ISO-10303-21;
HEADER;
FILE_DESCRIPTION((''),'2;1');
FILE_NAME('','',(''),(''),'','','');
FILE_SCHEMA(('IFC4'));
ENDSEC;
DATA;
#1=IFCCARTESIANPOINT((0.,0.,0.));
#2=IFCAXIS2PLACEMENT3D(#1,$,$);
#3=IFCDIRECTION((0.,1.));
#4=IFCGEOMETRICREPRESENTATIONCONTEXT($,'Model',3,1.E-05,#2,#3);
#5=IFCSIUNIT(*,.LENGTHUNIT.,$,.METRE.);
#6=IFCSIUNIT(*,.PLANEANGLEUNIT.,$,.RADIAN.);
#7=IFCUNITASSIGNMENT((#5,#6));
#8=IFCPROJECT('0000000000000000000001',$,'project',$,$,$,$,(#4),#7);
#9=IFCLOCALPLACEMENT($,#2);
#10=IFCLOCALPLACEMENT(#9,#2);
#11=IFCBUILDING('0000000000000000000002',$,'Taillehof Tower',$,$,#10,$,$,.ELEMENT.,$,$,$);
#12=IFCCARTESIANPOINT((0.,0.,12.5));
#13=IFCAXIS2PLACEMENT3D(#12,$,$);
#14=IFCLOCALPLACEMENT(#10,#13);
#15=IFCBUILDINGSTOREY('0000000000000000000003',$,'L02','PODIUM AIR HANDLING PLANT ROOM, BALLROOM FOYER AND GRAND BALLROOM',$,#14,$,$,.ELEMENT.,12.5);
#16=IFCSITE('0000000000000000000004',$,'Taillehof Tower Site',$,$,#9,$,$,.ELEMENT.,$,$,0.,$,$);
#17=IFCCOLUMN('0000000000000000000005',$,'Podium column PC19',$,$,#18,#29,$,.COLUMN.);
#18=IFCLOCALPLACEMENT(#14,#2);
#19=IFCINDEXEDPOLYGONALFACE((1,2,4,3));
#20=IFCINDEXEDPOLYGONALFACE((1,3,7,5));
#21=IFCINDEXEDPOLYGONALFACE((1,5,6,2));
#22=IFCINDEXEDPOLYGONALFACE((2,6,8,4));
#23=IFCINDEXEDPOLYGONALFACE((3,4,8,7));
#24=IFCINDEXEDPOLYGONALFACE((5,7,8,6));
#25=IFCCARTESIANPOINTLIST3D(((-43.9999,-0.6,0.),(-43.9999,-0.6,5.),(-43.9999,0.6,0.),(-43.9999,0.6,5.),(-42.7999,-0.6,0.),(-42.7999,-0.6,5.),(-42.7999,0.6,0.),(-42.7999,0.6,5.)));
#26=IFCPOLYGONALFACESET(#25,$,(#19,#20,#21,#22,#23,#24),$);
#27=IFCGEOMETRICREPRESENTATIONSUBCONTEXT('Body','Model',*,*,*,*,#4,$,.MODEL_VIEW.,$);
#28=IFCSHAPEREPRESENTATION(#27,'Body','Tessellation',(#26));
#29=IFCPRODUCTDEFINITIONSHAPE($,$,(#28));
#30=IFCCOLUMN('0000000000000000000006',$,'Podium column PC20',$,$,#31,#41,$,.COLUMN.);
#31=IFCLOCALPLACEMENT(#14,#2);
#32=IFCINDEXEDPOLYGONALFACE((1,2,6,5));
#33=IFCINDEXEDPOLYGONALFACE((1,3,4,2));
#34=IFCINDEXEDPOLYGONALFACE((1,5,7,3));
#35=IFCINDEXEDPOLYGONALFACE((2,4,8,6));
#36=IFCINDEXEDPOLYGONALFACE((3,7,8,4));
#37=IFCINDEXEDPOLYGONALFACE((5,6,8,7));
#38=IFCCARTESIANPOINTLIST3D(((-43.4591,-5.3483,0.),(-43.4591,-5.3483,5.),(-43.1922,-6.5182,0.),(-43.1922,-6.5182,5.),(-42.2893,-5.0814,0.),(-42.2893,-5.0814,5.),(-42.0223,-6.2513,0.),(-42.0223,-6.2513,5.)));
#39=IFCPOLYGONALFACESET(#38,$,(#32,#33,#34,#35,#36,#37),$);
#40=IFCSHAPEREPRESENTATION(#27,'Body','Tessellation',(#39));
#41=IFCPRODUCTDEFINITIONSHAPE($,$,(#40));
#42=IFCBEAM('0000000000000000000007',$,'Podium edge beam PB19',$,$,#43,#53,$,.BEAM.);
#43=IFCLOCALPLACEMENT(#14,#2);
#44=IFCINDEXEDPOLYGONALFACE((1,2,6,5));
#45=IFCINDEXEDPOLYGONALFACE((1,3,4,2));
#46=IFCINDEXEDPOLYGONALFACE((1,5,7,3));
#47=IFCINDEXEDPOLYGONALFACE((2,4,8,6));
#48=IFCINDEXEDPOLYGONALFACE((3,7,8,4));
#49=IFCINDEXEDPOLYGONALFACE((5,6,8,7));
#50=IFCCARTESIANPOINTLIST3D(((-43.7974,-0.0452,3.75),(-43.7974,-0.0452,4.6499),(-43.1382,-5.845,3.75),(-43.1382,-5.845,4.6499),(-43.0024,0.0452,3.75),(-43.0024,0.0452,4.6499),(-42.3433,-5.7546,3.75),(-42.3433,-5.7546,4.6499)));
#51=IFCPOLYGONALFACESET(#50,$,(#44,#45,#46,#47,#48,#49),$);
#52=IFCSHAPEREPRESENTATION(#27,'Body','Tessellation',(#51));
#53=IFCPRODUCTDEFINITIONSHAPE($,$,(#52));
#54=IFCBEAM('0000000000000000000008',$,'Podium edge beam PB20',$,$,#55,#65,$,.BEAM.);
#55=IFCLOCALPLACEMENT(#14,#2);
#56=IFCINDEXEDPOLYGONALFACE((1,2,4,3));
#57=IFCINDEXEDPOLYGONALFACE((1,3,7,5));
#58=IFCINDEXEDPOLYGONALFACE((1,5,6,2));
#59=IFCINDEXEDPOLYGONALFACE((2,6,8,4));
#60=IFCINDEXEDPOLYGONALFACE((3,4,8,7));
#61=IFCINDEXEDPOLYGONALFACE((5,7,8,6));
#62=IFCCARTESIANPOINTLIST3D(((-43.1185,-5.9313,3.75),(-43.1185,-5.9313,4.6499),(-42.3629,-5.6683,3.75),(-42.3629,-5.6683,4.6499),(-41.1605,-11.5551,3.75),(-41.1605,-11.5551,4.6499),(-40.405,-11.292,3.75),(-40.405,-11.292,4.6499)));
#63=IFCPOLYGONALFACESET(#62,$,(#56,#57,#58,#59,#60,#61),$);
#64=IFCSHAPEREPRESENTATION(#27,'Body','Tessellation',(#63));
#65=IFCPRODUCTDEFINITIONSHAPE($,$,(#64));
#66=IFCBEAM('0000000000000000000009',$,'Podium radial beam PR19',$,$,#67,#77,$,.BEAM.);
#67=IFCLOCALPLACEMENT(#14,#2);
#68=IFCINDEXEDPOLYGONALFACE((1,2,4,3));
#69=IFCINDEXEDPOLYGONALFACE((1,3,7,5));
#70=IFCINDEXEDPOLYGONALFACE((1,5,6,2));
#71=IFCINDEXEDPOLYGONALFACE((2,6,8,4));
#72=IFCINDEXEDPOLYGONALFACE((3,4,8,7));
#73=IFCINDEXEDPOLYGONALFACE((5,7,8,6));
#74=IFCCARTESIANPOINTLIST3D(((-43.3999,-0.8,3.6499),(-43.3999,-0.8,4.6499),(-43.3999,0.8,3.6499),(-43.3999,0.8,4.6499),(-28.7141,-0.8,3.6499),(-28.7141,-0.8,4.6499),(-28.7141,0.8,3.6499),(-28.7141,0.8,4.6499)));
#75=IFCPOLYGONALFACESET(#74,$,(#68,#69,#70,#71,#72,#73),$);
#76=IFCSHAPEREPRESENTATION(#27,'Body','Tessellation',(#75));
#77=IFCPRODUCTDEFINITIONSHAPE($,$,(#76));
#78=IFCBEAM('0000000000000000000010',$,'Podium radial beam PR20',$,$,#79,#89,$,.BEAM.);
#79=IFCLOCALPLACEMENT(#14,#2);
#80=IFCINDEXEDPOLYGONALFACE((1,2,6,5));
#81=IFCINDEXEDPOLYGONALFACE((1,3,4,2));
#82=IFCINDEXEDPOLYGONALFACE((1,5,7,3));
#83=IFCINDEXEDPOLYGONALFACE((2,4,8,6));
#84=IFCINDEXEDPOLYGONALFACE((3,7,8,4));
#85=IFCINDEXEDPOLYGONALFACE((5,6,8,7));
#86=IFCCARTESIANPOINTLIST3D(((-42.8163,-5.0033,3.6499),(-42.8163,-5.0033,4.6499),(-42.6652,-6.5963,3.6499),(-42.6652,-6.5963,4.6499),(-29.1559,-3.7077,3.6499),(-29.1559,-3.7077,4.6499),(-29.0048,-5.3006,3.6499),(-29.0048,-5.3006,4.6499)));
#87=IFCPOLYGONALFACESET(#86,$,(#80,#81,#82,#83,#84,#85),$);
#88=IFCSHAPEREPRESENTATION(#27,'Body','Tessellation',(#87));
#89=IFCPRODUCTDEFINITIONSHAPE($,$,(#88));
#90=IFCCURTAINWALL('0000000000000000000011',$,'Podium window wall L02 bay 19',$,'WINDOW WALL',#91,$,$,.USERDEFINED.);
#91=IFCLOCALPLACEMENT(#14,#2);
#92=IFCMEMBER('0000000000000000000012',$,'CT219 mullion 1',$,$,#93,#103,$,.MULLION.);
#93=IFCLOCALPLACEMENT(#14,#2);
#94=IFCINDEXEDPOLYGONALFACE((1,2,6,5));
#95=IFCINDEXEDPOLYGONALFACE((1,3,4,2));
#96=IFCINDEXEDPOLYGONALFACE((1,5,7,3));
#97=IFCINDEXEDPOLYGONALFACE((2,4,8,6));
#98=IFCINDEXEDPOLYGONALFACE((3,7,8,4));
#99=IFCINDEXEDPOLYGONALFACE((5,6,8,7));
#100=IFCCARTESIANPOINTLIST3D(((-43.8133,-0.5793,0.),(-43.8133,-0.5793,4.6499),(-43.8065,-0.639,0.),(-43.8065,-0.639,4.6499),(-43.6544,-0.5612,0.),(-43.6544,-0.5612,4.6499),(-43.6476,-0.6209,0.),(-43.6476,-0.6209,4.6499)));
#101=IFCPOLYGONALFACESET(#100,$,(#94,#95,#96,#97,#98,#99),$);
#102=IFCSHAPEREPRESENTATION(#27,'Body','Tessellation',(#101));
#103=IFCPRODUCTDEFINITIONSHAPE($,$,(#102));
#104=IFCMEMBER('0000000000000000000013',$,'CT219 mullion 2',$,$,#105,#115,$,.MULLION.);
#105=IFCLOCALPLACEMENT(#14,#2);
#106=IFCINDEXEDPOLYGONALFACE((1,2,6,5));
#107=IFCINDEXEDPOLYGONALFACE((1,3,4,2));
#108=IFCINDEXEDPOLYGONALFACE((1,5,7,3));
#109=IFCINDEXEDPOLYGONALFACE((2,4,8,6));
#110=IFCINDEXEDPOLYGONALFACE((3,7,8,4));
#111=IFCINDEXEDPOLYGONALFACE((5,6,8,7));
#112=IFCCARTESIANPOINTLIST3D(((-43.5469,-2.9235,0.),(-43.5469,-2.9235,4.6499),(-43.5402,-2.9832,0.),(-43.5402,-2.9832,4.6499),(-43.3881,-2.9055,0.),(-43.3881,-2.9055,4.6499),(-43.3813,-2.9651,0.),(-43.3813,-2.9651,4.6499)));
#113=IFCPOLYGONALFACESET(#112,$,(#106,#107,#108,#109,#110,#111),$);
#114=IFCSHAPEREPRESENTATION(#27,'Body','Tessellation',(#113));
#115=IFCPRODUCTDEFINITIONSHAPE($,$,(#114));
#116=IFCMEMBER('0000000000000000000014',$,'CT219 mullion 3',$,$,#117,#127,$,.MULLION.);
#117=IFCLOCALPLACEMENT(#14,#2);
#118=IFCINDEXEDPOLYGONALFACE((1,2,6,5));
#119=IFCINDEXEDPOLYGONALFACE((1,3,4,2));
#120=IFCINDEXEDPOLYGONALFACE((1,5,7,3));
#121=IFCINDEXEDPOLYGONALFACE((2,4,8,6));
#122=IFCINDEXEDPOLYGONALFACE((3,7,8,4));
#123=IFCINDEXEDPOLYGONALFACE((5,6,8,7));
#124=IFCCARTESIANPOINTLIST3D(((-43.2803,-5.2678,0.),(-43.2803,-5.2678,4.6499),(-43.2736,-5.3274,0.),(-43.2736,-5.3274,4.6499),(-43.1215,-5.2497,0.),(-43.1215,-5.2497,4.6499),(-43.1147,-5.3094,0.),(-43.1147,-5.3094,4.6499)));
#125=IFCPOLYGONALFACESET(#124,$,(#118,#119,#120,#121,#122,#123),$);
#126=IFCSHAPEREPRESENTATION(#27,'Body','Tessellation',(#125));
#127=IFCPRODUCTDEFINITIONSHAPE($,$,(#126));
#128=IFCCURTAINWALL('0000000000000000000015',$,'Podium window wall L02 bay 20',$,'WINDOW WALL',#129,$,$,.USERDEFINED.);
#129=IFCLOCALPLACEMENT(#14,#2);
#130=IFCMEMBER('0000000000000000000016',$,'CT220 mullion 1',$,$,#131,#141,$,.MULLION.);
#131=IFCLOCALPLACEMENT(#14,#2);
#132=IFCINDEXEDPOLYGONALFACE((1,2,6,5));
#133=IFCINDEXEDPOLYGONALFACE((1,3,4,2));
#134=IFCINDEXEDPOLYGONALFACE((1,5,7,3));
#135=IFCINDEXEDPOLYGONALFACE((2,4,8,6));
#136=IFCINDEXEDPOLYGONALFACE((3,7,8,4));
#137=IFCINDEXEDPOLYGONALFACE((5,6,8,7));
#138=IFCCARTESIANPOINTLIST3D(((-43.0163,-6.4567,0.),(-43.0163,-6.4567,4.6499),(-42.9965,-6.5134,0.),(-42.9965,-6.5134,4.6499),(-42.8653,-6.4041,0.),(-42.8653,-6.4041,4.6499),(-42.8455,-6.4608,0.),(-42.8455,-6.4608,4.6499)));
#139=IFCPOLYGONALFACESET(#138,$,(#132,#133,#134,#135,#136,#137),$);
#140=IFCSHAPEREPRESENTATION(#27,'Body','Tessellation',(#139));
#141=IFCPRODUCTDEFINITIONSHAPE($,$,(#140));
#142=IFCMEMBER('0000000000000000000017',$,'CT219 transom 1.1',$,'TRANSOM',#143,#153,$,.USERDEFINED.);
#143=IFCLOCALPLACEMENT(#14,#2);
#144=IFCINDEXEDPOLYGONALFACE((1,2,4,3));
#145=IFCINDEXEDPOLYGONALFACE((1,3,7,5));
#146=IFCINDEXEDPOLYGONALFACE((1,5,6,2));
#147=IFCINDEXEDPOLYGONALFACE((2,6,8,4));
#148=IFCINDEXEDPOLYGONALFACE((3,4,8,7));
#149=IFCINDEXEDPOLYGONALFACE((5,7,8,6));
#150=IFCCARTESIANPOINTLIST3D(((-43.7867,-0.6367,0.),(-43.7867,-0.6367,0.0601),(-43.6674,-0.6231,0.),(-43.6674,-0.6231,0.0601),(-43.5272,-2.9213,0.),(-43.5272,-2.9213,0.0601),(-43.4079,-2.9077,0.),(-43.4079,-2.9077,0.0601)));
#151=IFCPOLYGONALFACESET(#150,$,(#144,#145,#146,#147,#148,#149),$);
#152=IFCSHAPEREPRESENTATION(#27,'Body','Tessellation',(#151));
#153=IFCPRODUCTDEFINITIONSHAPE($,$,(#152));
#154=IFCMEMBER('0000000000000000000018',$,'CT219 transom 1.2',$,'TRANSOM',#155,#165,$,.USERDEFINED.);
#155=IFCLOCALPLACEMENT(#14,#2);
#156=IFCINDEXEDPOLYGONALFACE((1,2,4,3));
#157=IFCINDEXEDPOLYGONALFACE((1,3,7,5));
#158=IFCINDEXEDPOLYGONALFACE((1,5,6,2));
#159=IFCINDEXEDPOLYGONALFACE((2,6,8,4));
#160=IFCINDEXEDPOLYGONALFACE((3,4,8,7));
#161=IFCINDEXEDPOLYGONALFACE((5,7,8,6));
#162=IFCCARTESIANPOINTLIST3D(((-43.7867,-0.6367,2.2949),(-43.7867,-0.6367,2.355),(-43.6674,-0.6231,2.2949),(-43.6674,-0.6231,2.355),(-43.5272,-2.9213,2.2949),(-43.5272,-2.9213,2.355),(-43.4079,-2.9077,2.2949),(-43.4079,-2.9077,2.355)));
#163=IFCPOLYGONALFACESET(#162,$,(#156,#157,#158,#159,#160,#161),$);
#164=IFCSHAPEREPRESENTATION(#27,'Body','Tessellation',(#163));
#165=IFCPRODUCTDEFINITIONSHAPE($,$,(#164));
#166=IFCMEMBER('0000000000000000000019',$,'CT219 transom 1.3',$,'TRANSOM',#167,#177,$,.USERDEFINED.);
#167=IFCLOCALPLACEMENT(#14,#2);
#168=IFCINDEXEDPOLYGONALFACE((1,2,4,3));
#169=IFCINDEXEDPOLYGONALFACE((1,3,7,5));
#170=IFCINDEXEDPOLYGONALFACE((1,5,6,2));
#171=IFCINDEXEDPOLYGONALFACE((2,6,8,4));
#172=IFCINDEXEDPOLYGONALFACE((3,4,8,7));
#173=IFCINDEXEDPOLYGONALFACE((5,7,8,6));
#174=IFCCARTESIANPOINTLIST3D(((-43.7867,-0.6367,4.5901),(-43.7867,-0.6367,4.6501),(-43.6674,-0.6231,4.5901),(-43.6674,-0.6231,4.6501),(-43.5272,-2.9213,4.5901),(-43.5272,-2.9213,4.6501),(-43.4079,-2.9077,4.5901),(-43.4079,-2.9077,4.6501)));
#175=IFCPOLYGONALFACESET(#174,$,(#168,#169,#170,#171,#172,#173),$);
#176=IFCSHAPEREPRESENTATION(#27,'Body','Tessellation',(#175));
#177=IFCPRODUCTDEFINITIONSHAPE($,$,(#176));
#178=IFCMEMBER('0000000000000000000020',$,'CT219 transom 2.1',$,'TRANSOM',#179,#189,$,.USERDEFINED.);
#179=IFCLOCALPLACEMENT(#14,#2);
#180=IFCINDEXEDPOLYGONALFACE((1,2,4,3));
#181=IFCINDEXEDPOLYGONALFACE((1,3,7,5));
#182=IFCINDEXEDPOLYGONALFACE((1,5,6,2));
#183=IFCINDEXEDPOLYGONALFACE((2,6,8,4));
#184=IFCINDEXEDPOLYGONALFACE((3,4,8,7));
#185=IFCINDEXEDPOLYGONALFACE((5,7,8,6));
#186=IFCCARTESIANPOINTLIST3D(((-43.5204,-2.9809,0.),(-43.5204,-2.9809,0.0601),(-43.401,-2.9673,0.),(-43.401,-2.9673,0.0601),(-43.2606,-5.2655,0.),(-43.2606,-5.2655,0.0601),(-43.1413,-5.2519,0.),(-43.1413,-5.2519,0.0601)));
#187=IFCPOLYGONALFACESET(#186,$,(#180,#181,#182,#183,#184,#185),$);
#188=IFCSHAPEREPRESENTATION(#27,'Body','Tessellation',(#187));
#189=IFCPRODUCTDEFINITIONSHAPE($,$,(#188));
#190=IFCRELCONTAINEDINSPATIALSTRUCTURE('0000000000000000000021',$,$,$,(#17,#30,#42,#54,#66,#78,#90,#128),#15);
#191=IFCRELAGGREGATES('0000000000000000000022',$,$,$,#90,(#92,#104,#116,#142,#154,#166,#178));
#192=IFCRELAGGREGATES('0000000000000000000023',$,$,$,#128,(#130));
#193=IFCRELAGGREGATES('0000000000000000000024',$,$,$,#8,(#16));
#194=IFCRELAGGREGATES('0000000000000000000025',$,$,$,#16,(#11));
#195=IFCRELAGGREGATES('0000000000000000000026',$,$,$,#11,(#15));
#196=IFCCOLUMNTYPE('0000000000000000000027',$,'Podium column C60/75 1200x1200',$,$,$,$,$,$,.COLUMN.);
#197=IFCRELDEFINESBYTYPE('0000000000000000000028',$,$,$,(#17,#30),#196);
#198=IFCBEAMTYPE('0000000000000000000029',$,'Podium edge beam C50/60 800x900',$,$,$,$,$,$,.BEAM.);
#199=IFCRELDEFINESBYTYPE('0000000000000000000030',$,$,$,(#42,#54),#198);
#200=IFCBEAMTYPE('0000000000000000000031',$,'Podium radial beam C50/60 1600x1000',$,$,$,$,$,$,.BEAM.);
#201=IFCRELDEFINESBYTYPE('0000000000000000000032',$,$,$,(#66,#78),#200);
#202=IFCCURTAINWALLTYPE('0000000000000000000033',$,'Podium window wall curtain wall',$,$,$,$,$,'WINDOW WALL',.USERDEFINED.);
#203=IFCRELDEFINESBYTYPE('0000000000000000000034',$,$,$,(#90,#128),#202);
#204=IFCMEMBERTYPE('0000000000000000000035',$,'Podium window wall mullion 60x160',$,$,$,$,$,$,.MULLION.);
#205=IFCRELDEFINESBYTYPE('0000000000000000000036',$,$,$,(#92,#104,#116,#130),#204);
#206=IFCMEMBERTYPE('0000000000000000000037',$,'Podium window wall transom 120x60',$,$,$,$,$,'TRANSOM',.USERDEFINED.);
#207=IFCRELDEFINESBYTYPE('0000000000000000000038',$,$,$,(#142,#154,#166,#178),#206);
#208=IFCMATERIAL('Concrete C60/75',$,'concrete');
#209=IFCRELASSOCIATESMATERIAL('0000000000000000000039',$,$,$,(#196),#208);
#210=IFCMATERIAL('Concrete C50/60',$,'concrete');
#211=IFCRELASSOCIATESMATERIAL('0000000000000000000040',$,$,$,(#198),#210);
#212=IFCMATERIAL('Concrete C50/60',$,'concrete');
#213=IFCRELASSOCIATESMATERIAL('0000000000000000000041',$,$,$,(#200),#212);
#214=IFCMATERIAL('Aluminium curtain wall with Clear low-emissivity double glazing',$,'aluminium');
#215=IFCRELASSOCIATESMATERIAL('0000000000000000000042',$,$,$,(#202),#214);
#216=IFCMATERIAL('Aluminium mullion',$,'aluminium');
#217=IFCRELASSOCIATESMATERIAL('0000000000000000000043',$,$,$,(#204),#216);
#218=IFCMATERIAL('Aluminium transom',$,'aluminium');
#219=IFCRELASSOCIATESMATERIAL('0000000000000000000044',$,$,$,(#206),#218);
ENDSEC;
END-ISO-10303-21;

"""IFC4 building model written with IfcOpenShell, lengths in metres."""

from ifc_helpers import new_model, si_unit, direction, frame, origin, origin_2d, place, context, subcontext, project, spatial, rectangle, extrude, material, material_profile, profile_set, type_object, element, aggregate, save


model = new_model("IFC4")

# Units and contexts
model_context = context("Model", 3, precision=1e-05, world=origin(), true_north=direction((0.0, 1.0)))
body_context = subcontext(model_context, "Body", "Model", "MODEL_VIEW")
ifc_project = project(units=[si_unit("LENGTHUNIT", "METRE"), si_unit("PLANEANGLEUNIT", "RADIAN")], contexts=[model_context])

# Site, building, storey
site_placement = place(None, origin())
site = spatial("IfcSite", under=ifc_project, at=site_placement, Name="Taillehof Tower Site", CompositionType="ELEMENT", RefElevation=0.0)
building_placement = place(site_placement, origin())
building = spatial("IfcBuilding", under=site, at=building_placement, Name="Taillehof Tower", CompositionType="ELEMENT")
storey_placement = place(building_placement, frame((0.0, 0.0, 12.5)))
storey = spatial("IfcBuildingStorey", under=building, at=storey_placement, Name="L02", Description="PODIUM AIR HANDLING PLANT ROOM, BALLROOM FOYER AND GRAND BALLROOM", CompositionType="ELEMENT", Elevation=12.5)

# Columns
ifc_material_1 = material(Name="Concrete C60/75", Category="concrete")
ifc_material_profile_1 = material_profile(ifc_material_1, rectangle(XDim=1.2, YDim=1.2, at=origin_2d()), Name="RC 1200x1200")
ifc_profile_set_1 = profile_set([ifc_material_profile_1], Name="Concrete C60/75")
column_type = type_object("IfcColumnType", Name="Podium column C60/75 1200x1200", PredefinedType="COLUMN", material=ifc_profile_set_1)
for number, where, z_axis, x_axis, name in (
    (1, (-43.3999, 0.0, 0.0), (0.0, 0.0, 1.0), (-1.0, 0.0, 0.0), "Podium column PC19"),
    (2, (-42.7407, -5.7998, 0.0), (0.0, 0.0, 1.0), (-0.97494, -0.222469, 0.0), "Podium column PC20"),
):
    element("IfcColumn", number, at=place(storey_placement, frame(where, z_axis=z_axis, x_axis=x_axis)), inside=storey, type_object=column_type, Name=name, PredefinedType="COLUMN", context=body_context, shape_type="SweptSolid", body=[
        extrude(rectangle(XDim=1.2, YDim=1.2, at=origin_2d()), origin(), (0.0, 0.0, 1.0), 5.0),
    ])

# Beams
ifc_material_2 = material(Name="Concrete C50/60", Category="concrete")
ifc_material_profile_2 = material_profile(ifc_material_2, rectangle(XDim=0.8, YDim=0.8999, at=origin_2d()), Name="RC 800x900")
ifc_profile_set_2 = profile_set([ifc_material_profile_2], Name="Concrete C50/60")
beam_type_1 = type_object("IfcBeamType", Name="Podium edge beam C50/60 800x900", PredefinedType="BEAM", material=ifc_profile_set_2)
beam_1_placement = place(storey_placement, frame((-43.3999, 0.0, 4.2), z_axis=(0.112928, -0.993603, 0.0), x_axis=(0.993603, 0.112928, 0.0)))
element("IfcBeam", 3, at=beam_1_placement, inside=storey, type_object=beam_type_1, Name="Podium edge beam PB19", PredefinedType="BEAM", context=body_context, shape_type="SweptSolid", body=[
    extrude(rectangle(XDim=0.8, YDim=0.8999, at=origin_2d()), origin(), (0.0, 0.0, 1.0), 5.8372),
])
beam_2_placement = place(storey_placement, frame((-42.7407, -5.7998, 4.2), z_axis=(0.328807, -0.944397, 0.0), x_axis=(0.944397, 0.328807, 0.0)))
element("IfcBeam", 4, at=beam_2_placement, inside=storey, type_object=beam_type_1, Name="Podium edge beam PB20", PredefinedType="BEAM", context=body_context, shape_type="SweptSolid", body=[
    extrude(rectangle(XDim=0.8, YDim=0.8999, at=origin_2d()), origin(), (0.0, 0.0, 1.0), 5.9548),
])
ifc_material_3 = material(Name="Concrete C50/60", Category="concrete")
ifc_material_profile_3 = material_profile(ifc_material_3, rectangle(XDim=1.6001, YDim=1.0, at=origin_2d()), Name="RC 1600x1000")
ifc_profile_set_3 = profile_set([ifc_material_profile_3], Name="Concrete C50/60")
beam_type_2 = type_object("IfcBeamType", Name="Podium radial beam C50/60 1600x1000", PredefinedType="BEAM", material=ifc_profile_set_3)
beam_3_placement = place(storey_placement, frame((-43.3999, 0.0, 4.1499), z_axis=(1.0, 0.0, 0.0), x_axis=(0.0, 1.0, 0.0)))
element("IfcBeam", 5, at=beam_3_placement, inside=storey, type_object=beam_type_2, Name="Podium radial beam PR19", PredefinedType="BEAM", context=body_context, shape_type="SweptSolid", body=[
    extrude(rectangle(XDim=1.6001, YDim=1.0, at=origin_2d()), origin(), (0.0, 0.0, 1.0), 14.6858),
])
beam_4_placement = place(storey_placement, frame((-42.7407, -5.7998, 4.1499), z_axis=(0.995532, 0.094424, 0.0), x_axis=(-0.094424, 0.995532, 0.0)))
element("IfcBeam", 6, at=beam_4_placement, inside=storey, type_object=beam_type_2, Name="Podium radial beam PR20", PredefinedType="BEAM", context=body_context, shape_type="SweptSolid", body=[
    extrude(rectangle(XDim=1.6001, YDim=1.0, at=origin_2d()), origin(), (0.0, 0.0, 1.0), 13.7217),
])

# Curtain wall, members
ifc_material_4 = material(Name="Aluminium curtain wall with Clear low-emissivity double glazing", Category="aluminium")
curtain_wall_type = type_object("IfcCurtainWallType", Name="Podium window wall curtain wall", ElementType="WINDOW WALL", PredefinedType="USERDEFINED", material=ifc_material_4)
curtain_wall_1_placement = place(storey_placement, origin())
curtain_wall_1 = element("IfcCurtainWall", 7, at=curtain_wall_1_placement, inside=storey, type_object=curtain_wall_type, Name="Podium window wall L02 bay 19", ObjectType="WINDOW WALL", PredefinedType="USERDEFINED")
ifc_material_5 = material(Name="Aluminium mullion", Category="aluminium")
ifc_material_profile_4 = material_profile(ifc_material_5, rectangle(XDim=0.1599, YDim=0.0601, at=origin_2d()), Name="AL 60x160")
ifc_profile_set_4 = profile_set([ifc_material_profile_4], Name="Aluminium mullion")
member_type_1 = type_object("IfcMemberType", Name="Podium window wall mullion 60x160", PredefinedType="MULLION", material=ifc_profile_set_4)
member_1_placement = place(storey_placement, frame((-43.7305, -0.6001, 0.0), z_axis=(0.0, 0.0, 1.0), x_axis=(0.993603, 0.112932, 0.0)))
member_1 = element("IfcMember", 8, at=member_1_placement, type_object=member_type_1, Name="CT219 mullion 1", PredefinedType="MULLION", context=body_context, shape_type="SweptSolid", body=[
    extrude(rectangle(XDim=0.1599, YDim=0.0601, at=origin_2d()), origin(), (0.0, 0.0, 1.0), 4.6499),
])
member_2_placement = place(storey_placement, frame((-43.4641, -2.9443, 0.0), z_axis=(0.0, 0.0, 1.0), x_axis=(0.993603, 0.112932, 0.0)))
member_2 = element("IfcMember", 9, at=member_2_placement, type_object=member_type_1, Name="CT219 mullion 2", PredefinedType="MULLION", context=body_context, shape_type="SweptSolid", body=[
    extrude(rectangle(XDim=0.1599, YDim=0.0601, at=origin_2d()), origin(), (0.0, 0.0, 1.0), 4.6499),
])
member_3_placement = place(storey_placement, frame((-43.1975, -5.2886, 0.0), z_axis=(0.0, 0.0, 1.0), x_axis=(0.993603, 0.112932, 0.0)))
member_3 = element("IfcMember", 10, at=member_3_placement, type_object=member_type_1, Name="CT219 mullion 3", PredefinedType="MULLION", context=body_context, shape_type="SweptSolid", body=[
    extrude(rectangle(XDim=0.1599, YDim=0.0601, at=origin_2d()), origin(), (0.0, 0.0, 1.0), 4.6499),
])

# Curtain wall, member
curtain_wall_2_placement = place(storey_placement, origin())
curtain_wall_2 = element("IfcCurtainWall", 11, at=curtain_wall_2_placement, inside=storey, type_object=curtain_wall_type, Name="Podium window wall L02 bay 20", ObjectType="WINDOW WALL", PredefinedType="USERDEFINED")
member_4_placement = place(storey_placement, frame((-42.9309, -6.4587, 0.0), z_axis=(0.0, 0.0, 1.0), x_axis=(0.944414, 0.328758, 0.0)))
member_4 = element("IfcMember", 12, at=member_4_placement, type_object=member_type_1, Name="CT220 mullion 1", PredefinedType="MULLION", context=body_context, shape_type="SweptSolid", body=[
    extrude(rectangle(XDim=0.1599, YDim=0.0601, at=origin_2d()), origin(), (0.0, 0.0, 1.0), 4.6499),
])

# Members
ifc_material_6 = material(Name="Aluminium transom", Category="aluminium")
ifc_material_profile_5 = material_profile(ifc_material_6, rectangle(XDim=0.1201, YDim=0.0601, at=origin_2d()), Name="AL 120x60")
ifc_profile_set_5 = profile_set([ifc_material_profile_5], Name="Aluminium transom")
member_type_2 = type_object("IfcMemberType", Name="Podium window wall transom 120x60", ElementType="TRANSOM", PredefinedType="USERDEFINED", material=ifc_profile_set_5)
member_5_placement = place(storey_placement, frame((-43.7271, -0.6299, 0.03), z_axis=(0.112867, -0.99361, 0.0), x_axis=(0.99361, 0.112867, 0.0)))
member_5 = element("IfcMember", 13, at=member_5_placement, type_object=member_type_2, Name="CT219 transom 1.1", ObjectType="TRANSOM", PredefinedType="USERDEFINED", context=body_context, shape_type="SweptSolid", body=[
    extrude(rectangle(XDim=0.1201, YDim=0.0601, at=origin_2d()), origin(), (0.0, 0.0, 1.0), 2.2993),
])
member_6_placement = place(storey_placement, frame((-43.7271, -0.6299, 2.325), z_axis=(0.112867, -0.99361, 0.0), x_axis=(0.99361, 0.112867, 0.0)))
member_6 = element("IfcMember", 14, at=member_6_placement, type_object=member_type_2, Name="CT219 transom 1.2", ObjectType="TRANSOM", PredefinedType="USERDEFINED", context=body_context, shape_type="SweptSolid", body=[
    extrude(rectangle(XDim=0.1201, YDim=0.0601, at=origin_2d()), origin(), (0.0, 0.0, 1.0), 2.2993),
])
member_7_placement = place(storey_placement, frame((-43.7271, -0.6299, 4.6201), z_axis=(0.112867, -0.99361, 0.0), x_axis=(0.99361, 0.112867, 0.0)))
member_7 = element("IfcMember", 15, at=member_7_placement, type_object=member_type_2, Name="CT219 transom 1.3", ObjectType="TRANSOM", PredefinedType="USERDEFINED", context=body_context, shape_type="SweptSolid", body=[
    extrude(rectangle(XDim=0.1201, YDim=0.0601, at=origin_2d()), origin(), (0.0, 0.0, 1.0), 2.2993),
])
member_8_placement = place(storey_placement, frame((-43.4607, -2.9741, 0.03), z_axis=(0.112972, -0.993598, 0.0), x_axis=(0.993598, 0.112972, 0.0)))
member_8 = element("IfcMember", 16, at=member_8_placement, type_object=member_type_2, Name="CT219 transom 2.1", ObjectType="TRANSOM", PredefinedType="USERDEFINED", context=body_context, shape_type="SweptSolid", body=[
    extrude(rectangle(XDim=0.1201, YDim=0.0601, at=origin_2d()), origin(), (0.0, 0.0, 1.0), 2.2993),
])

aggregate(curtain_wall_1, [member_1, member_2, member_3, member_5, member_6, member_7, member_8])
aggregate(curtain_wall_2, [member_4])

save(model, "model.ifc")
